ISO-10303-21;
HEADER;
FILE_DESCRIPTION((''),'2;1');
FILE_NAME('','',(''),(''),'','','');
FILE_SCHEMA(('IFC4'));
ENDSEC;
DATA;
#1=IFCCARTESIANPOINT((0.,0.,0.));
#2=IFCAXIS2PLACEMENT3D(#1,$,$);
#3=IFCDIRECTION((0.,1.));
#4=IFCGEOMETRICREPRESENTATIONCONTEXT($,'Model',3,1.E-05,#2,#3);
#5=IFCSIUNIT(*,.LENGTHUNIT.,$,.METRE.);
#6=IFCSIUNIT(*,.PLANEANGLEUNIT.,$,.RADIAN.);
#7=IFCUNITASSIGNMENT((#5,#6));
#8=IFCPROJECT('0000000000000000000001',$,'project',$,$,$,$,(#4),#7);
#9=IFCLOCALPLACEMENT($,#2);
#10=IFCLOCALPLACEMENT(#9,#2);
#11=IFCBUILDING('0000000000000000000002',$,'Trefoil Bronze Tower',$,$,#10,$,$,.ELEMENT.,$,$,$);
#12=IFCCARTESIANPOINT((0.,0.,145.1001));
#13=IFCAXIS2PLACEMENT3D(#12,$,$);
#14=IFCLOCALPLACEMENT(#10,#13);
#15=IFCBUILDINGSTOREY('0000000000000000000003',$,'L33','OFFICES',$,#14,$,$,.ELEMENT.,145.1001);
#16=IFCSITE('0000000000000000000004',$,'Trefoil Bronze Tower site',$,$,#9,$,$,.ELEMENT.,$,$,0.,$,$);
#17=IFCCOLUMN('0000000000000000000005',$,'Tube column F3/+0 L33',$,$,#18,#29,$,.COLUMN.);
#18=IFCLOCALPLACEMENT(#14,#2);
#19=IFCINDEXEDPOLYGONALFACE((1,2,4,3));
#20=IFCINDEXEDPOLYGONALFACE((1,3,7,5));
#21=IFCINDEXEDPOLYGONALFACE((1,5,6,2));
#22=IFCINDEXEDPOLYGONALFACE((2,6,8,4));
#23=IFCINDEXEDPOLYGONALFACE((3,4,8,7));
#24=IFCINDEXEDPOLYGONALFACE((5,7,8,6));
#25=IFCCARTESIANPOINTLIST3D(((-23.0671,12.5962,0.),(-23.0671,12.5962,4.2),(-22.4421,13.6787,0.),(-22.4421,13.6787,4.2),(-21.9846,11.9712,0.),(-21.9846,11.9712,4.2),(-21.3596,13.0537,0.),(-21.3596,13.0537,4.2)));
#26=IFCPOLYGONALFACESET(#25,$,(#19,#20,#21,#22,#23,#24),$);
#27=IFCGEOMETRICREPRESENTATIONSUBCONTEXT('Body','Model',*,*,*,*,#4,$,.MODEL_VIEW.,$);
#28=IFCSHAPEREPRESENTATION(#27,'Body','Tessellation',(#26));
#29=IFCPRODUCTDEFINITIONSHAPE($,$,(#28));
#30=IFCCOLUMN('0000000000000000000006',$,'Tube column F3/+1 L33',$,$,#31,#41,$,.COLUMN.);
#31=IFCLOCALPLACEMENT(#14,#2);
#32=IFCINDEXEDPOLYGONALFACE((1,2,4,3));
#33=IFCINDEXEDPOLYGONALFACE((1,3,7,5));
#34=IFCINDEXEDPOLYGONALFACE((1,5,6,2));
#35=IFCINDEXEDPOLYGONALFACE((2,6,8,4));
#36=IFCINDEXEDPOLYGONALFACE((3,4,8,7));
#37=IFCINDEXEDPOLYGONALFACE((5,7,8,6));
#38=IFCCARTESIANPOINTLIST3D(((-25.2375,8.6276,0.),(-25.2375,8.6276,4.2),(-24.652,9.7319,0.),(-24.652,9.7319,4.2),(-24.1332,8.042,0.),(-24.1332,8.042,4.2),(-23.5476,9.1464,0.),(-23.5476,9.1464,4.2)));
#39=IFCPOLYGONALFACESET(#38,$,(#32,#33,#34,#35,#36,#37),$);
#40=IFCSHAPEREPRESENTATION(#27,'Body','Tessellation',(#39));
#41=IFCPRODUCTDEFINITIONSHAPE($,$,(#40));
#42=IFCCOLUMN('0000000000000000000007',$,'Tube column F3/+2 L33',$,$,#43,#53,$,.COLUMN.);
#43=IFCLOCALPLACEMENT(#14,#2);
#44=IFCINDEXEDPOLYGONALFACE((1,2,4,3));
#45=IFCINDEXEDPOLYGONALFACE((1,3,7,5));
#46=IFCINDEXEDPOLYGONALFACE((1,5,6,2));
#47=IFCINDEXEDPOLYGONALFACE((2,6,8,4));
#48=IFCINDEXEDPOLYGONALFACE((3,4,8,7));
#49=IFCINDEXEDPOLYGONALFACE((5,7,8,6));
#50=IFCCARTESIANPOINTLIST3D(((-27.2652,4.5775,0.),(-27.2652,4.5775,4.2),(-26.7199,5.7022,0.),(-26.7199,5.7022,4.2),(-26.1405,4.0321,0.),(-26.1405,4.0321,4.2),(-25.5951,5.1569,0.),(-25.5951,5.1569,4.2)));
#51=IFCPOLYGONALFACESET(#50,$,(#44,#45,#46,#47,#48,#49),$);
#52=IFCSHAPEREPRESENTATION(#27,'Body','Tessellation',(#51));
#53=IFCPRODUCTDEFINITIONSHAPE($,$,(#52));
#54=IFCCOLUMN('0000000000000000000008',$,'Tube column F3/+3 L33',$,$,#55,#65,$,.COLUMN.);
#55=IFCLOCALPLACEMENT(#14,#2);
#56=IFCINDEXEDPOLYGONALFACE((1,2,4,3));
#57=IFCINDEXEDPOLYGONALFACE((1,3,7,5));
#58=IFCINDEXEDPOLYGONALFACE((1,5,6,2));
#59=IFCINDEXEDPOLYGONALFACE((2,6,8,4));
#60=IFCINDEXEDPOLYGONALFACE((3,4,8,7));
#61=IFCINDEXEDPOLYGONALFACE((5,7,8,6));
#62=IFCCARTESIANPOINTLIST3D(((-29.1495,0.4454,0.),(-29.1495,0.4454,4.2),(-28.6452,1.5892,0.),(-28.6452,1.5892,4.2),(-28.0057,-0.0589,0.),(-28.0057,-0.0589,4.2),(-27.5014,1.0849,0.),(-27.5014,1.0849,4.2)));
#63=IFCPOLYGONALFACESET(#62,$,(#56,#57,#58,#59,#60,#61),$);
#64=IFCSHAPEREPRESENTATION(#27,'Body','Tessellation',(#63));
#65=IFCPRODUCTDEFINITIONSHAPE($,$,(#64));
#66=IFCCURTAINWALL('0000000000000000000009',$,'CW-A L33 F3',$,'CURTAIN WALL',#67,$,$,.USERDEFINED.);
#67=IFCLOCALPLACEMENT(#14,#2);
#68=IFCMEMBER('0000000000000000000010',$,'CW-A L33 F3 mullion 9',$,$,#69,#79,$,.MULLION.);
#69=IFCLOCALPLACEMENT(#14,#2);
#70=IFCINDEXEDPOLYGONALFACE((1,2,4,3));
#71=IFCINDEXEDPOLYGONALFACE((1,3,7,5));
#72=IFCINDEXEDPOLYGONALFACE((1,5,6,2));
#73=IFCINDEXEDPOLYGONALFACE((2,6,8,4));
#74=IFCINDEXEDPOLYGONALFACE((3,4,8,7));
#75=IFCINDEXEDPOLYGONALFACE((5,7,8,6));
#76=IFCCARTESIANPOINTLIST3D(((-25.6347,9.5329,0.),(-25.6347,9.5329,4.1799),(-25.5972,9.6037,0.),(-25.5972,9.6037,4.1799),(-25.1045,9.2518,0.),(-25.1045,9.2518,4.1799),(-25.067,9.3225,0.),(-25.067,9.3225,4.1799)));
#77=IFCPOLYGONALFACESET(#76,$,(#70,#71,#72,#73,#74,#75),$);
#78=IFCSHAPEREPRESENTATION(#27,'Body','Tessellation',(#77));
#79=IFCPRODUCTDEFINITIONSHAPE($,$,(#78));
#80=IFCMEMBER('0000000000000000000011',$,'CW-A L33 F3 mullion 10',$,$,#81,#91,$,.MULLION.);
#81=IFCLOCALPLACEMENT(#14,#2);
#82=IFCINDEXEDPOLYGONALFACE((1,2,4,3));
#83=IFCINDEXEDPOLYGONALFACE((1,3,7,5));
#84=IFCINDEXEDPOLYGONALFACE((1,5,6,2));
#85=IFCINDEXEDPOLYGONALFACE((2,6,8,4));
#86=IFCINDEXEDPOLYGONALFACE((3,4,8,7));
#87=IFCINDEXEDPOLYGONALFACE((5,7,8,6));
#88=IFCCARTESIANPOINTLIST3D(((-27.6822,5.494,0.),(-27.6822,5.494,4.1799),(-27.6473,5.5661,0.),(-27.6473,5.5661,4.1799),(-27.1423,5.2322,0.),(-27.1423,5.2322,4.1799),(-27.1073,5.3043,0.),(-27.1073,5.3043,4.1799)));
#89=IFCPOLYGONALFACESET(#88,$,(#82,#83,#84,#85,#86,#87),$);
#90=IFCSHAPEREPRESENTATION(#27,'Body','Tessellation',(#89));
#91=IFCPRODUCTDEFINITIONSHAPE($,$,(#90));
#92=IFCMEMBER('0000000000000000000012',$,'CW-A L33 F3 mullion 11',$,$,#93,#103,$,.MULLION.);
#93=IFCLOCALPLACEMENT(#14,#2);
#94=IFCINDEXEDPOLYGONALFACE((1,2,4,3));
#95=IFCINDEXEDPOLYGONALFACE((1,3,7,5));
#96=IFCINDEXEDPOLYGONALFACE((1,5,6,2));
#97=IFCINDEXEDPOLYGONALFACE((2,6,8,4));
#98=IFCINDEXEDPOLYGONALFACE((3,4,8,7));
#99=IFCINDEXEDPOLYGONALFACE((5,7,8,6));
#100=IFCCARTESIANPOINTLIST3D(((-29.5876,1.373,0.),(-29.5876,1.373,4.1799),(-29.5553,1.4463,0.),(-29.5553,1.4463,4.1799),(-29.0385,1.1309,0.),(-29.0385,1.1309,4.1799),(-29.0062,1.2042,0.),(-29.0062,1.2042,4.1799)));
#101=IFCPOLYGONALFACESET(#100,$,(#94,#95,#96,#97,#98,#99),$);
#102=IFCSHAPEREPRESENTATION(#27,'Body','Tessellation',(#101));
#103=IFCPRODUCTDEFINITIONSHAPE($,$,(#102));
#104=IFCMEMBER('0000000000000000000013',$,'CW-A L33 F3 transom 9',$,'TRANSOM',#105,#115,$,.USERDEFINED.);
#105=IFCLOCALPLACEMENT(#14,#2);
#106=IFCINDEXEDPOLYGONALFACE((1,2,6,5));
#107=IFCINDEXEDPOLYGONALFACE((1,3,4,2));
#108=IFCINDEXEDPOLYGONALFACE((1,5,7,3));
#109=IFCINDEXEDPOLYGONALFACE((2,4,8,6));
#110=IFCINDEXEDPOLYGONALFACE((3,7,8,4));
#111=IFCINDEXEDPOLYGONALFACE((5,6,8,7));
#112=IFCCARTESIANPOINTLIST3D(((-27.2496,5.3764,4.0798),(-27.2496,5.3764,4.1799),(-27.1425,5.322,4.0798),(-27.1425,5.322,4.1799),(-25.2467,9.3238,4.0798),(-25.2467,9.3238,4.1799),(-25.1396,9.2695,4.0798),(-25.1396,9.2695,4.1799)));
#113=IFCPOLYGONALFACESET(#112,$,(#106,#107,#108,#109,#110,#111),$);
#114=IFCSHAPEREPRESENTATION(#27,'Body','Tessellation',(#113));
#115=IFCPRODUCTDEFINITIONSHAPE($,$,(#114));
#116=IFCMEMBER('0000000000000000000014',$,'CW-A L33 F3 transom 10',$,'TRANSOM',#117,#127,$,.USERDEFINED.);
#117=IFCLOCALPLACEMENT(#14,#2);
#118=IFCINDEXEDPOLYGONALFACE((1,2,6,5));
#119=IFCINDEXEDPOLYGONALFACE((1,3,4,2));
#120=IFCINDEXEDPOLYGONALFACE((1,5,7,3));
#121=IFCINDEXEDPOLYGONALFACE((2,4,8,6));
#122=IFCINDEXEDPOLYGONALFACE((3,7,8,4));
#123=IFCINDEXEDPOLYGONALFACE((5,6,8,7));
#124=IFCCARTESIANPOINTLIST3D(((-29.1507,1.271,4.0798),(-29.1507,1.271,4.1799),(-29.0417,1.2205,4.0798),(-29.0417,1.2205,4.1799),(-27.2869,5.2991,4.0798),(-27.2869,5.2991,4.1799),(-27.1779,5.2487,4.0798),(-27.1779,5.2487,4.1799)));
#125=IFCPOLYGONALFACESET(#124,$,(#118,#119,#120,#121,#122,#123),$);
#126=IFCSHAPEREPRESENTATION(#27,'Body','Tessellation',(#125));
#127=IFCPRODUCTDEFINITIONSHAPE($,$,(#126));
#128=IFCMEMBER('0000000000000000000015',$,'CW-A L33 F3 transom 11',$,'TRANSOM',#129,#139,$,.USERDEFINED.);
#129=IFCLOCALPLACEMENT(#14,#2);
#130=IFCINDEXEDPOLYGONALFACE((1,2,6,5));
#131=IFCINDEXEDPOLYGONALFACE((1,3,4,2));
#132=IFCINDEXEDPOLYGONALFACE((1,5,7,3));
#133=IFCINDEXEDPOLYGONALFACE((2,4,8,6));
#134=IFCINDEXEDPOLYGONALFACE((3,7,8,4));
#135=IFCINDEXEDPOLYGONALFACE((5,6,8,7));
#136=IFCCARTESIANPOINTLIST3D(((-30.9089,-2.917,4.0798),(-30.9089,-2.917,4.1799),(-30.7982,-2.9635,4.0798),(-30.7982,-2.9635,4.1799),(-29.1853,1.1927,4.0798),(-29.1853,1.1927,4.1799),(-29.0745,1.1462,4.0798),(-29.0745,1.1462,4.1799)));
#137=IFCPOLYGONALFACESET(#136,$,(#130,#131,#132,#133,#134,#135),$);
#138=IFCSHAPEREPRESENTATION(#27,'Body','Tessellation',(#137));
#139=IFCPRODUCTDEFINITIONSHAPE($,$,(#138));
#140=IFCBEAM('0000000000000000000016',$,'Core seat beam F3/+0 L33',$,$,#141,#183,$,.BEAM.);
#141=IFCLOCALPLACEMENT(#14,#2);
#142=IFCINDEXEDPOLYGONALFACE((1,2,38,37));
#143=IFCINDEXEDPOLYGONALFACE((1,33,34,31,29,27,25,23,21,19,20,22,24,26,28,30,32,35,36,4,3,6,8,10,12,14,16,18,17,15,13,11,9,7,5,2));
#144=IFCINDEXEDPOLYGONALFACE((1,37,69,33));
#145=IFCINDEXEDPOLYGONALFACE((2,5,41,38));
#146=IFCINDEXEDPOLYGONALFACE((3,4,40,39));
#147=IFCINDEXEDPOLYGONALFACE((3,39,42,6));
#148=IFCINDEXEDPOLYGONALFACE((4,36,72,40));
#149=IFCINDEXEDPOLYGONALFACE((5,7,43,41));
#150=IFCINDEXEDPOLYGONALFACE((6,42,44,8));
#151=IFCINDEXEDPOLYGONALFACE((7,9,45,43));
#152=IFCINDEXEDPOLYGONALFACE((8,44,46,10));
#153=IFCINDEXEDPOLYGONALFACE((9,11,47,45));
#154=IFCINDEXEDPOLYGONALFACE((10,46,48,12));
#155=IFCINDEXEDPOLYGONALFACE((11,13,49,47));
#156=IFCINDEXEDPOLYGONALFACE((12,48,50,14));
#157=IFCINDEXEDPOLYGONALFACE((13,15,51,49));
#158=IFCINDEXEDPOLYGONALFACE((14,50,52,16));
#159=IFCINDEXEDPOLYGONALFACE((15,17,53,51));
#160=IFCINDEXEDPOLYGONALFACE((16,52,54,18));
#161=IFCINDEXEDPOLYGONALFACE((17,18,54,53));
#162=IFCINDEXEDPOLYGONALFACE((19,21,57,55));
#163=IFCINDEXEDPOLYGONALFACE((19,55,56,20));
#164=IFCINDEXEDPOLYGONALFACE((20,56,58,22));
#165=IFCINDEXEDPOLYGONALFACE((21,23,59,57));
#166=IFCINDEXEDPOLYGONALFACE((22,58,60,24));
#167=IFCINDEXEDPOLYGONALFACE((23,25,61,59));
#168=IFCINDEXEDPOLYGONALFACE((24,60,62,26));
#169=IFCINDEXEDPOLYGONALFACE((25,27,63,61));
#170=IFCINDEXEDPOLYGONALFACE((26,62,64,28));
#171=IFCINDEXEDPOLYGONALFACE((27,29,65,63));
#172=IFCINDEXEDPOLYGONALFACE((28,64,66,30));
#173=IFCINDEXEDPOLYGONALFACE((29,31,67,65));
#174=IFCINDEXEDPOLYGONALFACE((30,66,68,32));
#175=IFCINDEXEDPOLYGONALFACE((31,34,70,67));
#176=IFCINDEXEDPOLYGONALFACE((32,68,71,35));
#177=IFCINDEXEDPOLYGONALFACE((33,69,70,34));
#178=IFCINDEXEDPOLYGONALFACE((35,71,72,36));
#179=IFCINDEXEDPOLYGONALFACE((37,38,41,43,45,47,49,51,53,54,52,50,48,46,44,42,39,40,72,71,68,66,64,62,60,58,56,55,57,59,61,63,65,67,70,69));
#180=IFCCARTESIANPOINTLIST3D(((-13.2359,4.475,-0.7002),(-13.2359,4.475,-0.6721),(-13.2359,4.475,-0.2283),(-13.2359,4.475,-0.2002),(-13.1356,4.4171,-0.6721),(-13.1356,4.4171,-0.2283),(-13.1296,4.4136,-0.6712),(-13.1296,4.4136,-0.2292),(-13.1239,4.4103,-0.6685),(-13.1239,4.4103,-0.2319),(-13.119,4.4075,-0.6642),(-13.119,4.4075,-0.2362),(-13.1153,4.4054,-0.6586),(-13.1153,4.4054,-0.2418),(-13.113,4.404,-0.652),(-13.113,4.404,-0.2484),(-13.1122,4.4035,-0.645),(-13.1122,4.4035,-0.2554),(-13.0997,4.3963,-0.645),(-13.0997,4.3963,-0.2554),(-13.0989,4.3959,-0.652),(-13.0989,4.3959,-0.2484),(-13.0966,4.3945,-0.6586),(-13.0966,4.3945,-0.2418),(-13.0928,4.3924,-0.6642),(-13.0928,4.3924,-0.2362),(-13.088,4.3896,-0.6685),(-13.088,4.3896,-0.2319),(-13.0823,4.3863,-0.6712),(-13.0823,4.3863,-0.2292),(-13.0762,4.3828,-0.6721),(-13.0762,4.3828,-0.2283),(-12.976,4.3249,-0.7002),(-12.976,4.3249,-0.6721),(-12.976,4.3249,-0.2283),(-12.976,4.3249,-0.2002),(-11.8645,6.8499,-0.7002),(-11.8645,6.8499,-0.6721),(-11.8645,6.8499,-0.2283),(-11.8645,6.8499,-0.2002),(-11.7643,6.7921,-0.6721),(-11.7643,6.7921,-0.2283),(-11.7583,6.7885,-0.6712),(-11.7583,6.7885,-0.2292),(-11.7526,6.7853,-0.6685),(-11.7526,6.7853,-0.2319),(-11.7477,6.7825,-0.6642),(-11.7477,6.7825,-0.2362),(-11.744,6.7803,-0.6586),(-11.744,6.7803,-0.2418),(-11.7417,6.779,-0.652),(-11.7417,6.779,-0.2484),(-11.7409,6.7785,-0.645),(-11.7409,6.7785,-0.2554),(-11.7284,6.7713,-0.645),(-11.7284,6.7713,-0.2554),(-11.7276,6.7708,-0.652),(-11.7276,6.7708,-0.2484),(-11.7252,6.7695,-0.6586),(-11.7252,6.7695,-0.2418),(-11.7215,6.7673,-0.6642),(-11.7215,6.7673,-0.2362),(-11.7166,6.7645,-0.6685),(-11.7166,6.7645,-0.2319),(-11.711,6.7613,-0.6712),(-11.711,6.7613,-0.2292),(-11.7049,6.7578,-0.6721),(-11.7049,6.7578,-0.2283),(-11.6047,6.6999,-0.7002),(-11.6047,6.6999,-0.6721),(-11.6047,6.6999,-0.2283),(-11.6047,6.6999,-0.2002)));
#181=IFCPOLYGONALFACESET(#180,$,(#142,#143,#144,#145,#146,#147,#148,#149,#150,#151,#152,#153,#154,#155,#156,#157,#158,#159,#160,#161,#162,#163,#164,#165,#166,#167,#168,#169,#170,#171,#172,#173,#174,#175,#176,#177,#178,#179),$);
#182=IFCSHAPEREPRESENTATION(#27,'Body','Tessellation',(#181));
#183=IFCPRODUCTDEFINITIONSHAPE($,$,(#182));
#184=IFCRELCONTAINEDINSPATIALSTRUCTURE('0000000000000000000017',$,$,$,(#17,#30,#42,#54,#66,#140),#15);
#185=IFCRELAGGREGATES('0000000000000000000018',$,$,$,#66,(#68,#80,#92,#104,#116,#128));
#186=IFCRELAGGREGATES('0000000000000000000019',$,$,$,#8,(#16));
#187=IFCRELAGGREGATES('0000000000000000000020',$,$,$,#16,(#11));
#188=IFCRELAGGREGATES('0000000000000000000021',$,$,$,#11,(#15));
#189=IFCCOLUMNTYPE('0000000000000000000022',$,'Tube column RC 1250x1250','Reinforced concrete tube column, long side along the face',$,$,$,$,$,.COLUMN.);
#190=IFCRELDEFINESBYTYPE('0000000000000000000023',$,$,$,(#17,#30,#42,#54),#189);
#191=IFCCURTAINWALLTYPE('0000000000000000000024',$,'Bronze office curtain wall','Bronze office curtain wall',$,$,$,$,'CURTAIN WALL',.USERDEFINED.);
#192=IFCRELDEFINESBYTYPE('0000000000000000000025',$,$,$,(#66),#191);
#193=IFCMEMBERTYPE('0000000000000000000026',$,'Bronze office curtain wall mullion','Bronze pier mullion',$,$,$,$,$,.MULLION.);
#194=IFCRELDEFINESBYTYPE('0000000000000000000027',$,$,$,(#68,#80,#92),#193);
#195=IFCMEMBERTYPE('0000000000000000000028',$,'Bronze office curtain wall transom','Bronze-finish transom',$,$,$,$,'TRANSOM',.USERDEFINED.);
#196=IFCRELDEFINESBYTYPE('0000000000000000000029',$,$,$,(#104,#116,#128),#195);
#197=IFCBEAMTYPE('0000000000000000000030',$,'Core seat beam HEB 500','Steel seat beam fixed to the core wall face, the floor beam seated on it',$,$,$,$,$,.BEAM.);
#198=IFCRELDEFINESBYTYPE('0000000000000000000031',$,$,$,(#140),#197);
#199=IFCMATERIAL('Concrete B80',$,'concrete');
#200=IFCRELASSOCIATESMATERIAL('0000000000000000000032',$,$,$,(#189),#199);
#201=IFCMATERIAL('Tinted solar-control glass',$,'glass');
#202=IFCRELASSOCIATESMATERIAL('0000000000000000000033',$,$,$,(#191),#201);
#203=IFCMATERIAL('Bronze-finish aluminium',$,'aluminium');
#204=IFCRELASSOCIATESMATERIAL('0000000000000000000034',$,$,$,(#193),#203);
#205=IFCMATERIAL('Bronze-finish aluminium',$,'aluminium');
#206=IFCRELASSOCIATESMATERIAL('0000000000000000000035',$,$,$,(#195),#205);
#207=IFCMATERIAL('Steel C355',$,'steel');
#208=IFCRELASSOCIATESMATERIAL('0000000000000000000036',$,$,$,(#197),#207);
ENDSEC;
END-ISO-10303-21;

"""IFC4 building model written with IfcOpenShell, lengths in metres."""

from ifc_helpers import new_model, si_unit, direction, frame, origin, origin_2d, place, context, subcontext, project, spatial, rectangle, i_section, extrude, material, material_profile, profile_set, type_object, element, aggregate, save


model = new_model("IFC4")

# Units and contexts
model_context = context("Model", 3, precision=1e-05, world=origin(), true_north=direction((0.0, 1.0)))
body_context = subcontext(model_context, "Body", "Model", "MODEL_VIEW")
ifc_project = project(units=[si_unit("LENGTHUNIT", "METRE"), si_unit("PLANEANGLEUNIT", "RADIAN")], contexts=[model_context])

# Site, building, storey
site_placement = place(None, origin())
site = spatial("IfcSite", under=ifc_project, at=site_placement, Name="Trefoil Bronze Tower site", CompositionType="ELEMENT", RefElevation=0.0)
building_placement = place(site_placement, origin())
building = spatial("IfcBuilding", under=site, at=building_placement, Name="Trefoil Bronze Tower", CompositionType="ELEMENT")
storey_placement = place(building_placement, frame((0.0, 0.0, 145.1001)))
storey = spatial("IfcBuildingStorey", under=building, at=storey_placement, Name="L33", Description="OFFICES", CompositionType="ELEMENT", Elevation=145.1001)

# Columns
ifc_material_1 = material(Name="Concrete B80", Category="concrete")
ifc_material_profile_1 = material_profile(ifc_material_1, rectangle(XDim=1.25, YDim=1.25, at=origin_2d()), Name="RC 1250x1250")
ifc_profile_set_1 = profile_set([ifc_material_profile_1], Name="Concrete B80")
column_type = type_object("IfcColumnType", Name="Tube column RC 1250x1250", Description="Reinforced concrete tube column, long side along the face", PredefinedType="COLUMN", material=ifc_profile_set_1)
for number, where, z_axis, x_axis, name in (
    (1, (-22.2134, 12.825, 0.0), (0.0, 0.0, 1.0), (-0.5, -0.866025, 0.0), "Tube column F3/+0 L33"),
    (2, (-24.3926, 8.887, 0.0), (0.0, 0.0, 1.0), (-0.468457, -0.883486, 0.0), "Tube column F3/+1 L33"),
    (3, (-26.4302, 4.8672, 0.0), (0.0, 0.0, 1.0), (-0.436262, -0.89982, 0.0), "Tube column F3/+2 L33"),
    (4, (-28.3254, 0.7651, 0.0), (0.0, 0.0, 1.0), (-0.403412, -0.915018, 0.0), "Tube column F3/+3 L33"),
):
    element("IfcColumn", number, at=place(storey_placement, frame(where, z_axis=z_axis, x_axis=x_axis)), inside=storey, type_object=column_type, Name=name, PredefinedType="COLUMN", context=body_context, shape_type="SweptSolid", body=[
        extrude(rectangle(XDim=1.25, YDim=1.25, at=origin_2d()), origin(), (0.0, 0.0, 1.0), 4.2),
    ])

# Curtain wall, members
ifc_material_2 = material(Name="Tinted solar-control glass", Category="glass")
curtain_wall_type = type_object("IfcCurtainWallType", Name="Bronze office curtain wall", Description="Bronze office curtain wall", ElementType="CURTAIN WALL", PredefinedType="USERDEFINED", material=ifc_material_2)
curtain_wall_placement = place(storey_placement, origin())
curtain_wall = element("IfcCurtainWall", 5, at=curtain_wall_placement, inside=storey, type_object=curtain_wall_type, Name="CW-A L33 F3", ObjectType="CURTAIN WALL", PredefinedType="USERDEFINED")
ifc_material_3 = material(Name="Bronze-finish aluminium", Category="aluminium")
ifc_material_profile_2 = material_profile(ifc_material_3, rectangle(XDim=0.6001, YDim=0.0801, at=origin_2d()), Name="CW-A mullion")
ifc_profile_set_2 = profile_set([ifc_material_profile_2], Name="Bronze-finish aluminium")
member_type_1 = type_object("IfcMemberType", Name="Bronze office curtain wall mullion", Description="Bronze pier mullion", PredefinedType="MULLION", material=ifc_profile_set_2)
member_1_placement = place(storey_placement, frame((-25.3508, 9.4277, 0.0), z_axis=(0.0, 0.0, 1.0), x_axis=(0.883486, -0.468457, 0.0)))
member_1 = element("IfcMember", 6, at=member_1_placement, type_object=member_type_1, Name="CW-A L33 F3 mullion 9", PredefinedType="MULLION", context=body_context, shape_type="SweptSolid", body=[
    extrude(rectangle(XDim=0.6001, YDim=0.0801, at=origin_2d()), origin(), (0.0, 0.0, 1.0), 4.1799),
])
member_2_placement = place(storey_placement, frame((-27.3948, 5.3992, 0.0), z_axis=(0.0, 0.0, 1.0), x_axis=(0.89982, -0.436262, 0.0)))
member_2 = element("IfcMember", 7, at=member_2_placement, type_object=member_type_1, Name="CW-A L33 F3 mullion 10", PredefinedType="MULLION", context=body_context, shape_type="SweptSolid", body=[
    extrude(rectangle(XDim=0.6001, YDim=0.0801, at=origin_2d()), origin(), (0.0, 0.0, 1.0), 4.1799),
])
member_3_placement = place(storey_placement, frame((-29.2969, 1.2886, 0.0), z_axis=(0.0, 0.0, 1.0), x_axis=(0.915018, -0.403412, 0.0)))
member_3 = element("IfcMember", 8, at=member_3_placement, type_object=member_type_1, Name="CW-A L33 F3 mullion 11", PredefinedType="MULLION", context=body_context, shape_type="SweptSolid", body=[
    extrude(rectangle(XDim=0.6001, YDim=0.0801, at=origin_2d()), origin(), (0.0, 0.0, 1.0), 4.1799),
])
ifc_material_4 = material(Name="Bronze-finish aluminium", Category="aluminium")
ifc_material_profile_3 = material_profile(ifc_material_4, rectangle(XDim=0.1201, YDim=0.1001, at=origin_2d()), Name="CW-A transom")
ifc_profile_set_3 = profile_set([ifc_material_profile_3], Name="Bronze-finish aluminium")
member_type_2 = type_object("IfcMemberType", Name="Bronze office curtain wall transom", Description="Bronze-finish transom", ElementType="TRANSOM", PredefinedType="USERDEFINED", material=ifc_profile_set_3)
member_4_placement = place(storey_placement, frame((-25.1931, 9.2966, 4.1299), z_axis=(-0.452478, -0.891775, 0.0), x_axis=(0.891775, -0.452478, 0.0)))
member_4 = element("IfcMember", 9, at=member_4_placement, type_object=member_type_2, Name="CW-A L33 F3 transom 9", ObjectType="TRANSOM", PredefinedType="USERDEFINED", context=body_context, shape_type="SweptSolid", body=[
    extrude(rectangle(XDim=0.1201, YDim=0.1001, at=origin_2d()), origin(), (0.0, 0.0, 1.0), 4.4265),
])
member_5_placement = place(storey_placement, frame((-27.2324, 5.2739, 4.1299), z_axis=(-0.419923, -0.90756, 0.0), x_axis=(0.90756, -0.419923, 0.0)))
member_5 = element("IfcMember", 10, at=member_5_placement, type_object=member_type_2, Name="CW-A L33 F3 transom 10", ObjectType="TRANSOM", PredefinedType="USERDEFINED", context=body_context, shape_type="SweptSolid", body=[
    extrude(rectangle(XDim=0.1201, YDim=0.1001, at=origin_2d()), origin(), (0.0, 0.0, 1.0), 4.4385),
])
member_6_placement = place(storey_placement, frame((-29.1299, 1.1694, 4.1299), z_axis=(-0.386773, -0.922175, 0.0), x_axis=(0.922175, -0.386773, 0.0)))
member_6 = element("IfcMember", 11, at=member_6_placement, type_object=member_type_2, Name="CW-A L33 F3 transom 11", ObjectType="TRANSOM", PredefinedType="USERDEFINED", context=body_context, shape_type="SweptSolid", body=[
    extrude(rectangle(XDim=0.1201, YDim=0.1001, at=origin_2d()), origin(), (0.0, 0.0, 1.0), 4.4565),
])

# Beam
ifc_material_5 = material(Name="Steel C355", Category="steel")
ifc_material_profile_4 = material_profile(ifc_material_5, i_section(OverallWidth=0.3, OverallDepth=0.5, WebThickness=0.0144, FlangeThickness=0.0281, FilletRadius=0.0271, at=origin_2d()), Name="HEB 500")
ifc_profile_set_4 = profile_set([ifc_material_profile_4], Name="Steel C355")
beam_type_1 = type_object("IfcBeamType", Name="Core seat beam HEB 500", Description="Steel seat beam fixed to the core wall face, the floor beam seated on it", PredefinedType="BEAM", material=ifc_profile_set_4)
for number, where, z_axis, x_axis, name in (
    (12, (-11.7346, 6.7749, -0.4502), (-0.500036, -0.866005, 0.0), (0.866005, -0.500036, 0.0), "Core seat beam F3/+0 L33"),
):
    element("IfcBeam", number, at=place(storey_placement, frame(where, z_axis=z_axis, x_axis=x_axis)), inside=storey, type_object=beam_type_1, Name=name, PredefinedType="BEAM", context=body_context, shape_type="SweptSolid", body=[
        extrude(i_section(OverallWidth=0.3, OverallDepth=0.5, WebThickness=0.0144, FlangeThickness=0.0281, FilletRadius=0.0271, at=origin_2d()), origin(), (0.0, 0.0, 1.0), 2.7424),
    ])

aggregate(curtain_wall, [member_1, member_2, member_3, member_4, member_5, member_6])

save(model, "model.ifc")
